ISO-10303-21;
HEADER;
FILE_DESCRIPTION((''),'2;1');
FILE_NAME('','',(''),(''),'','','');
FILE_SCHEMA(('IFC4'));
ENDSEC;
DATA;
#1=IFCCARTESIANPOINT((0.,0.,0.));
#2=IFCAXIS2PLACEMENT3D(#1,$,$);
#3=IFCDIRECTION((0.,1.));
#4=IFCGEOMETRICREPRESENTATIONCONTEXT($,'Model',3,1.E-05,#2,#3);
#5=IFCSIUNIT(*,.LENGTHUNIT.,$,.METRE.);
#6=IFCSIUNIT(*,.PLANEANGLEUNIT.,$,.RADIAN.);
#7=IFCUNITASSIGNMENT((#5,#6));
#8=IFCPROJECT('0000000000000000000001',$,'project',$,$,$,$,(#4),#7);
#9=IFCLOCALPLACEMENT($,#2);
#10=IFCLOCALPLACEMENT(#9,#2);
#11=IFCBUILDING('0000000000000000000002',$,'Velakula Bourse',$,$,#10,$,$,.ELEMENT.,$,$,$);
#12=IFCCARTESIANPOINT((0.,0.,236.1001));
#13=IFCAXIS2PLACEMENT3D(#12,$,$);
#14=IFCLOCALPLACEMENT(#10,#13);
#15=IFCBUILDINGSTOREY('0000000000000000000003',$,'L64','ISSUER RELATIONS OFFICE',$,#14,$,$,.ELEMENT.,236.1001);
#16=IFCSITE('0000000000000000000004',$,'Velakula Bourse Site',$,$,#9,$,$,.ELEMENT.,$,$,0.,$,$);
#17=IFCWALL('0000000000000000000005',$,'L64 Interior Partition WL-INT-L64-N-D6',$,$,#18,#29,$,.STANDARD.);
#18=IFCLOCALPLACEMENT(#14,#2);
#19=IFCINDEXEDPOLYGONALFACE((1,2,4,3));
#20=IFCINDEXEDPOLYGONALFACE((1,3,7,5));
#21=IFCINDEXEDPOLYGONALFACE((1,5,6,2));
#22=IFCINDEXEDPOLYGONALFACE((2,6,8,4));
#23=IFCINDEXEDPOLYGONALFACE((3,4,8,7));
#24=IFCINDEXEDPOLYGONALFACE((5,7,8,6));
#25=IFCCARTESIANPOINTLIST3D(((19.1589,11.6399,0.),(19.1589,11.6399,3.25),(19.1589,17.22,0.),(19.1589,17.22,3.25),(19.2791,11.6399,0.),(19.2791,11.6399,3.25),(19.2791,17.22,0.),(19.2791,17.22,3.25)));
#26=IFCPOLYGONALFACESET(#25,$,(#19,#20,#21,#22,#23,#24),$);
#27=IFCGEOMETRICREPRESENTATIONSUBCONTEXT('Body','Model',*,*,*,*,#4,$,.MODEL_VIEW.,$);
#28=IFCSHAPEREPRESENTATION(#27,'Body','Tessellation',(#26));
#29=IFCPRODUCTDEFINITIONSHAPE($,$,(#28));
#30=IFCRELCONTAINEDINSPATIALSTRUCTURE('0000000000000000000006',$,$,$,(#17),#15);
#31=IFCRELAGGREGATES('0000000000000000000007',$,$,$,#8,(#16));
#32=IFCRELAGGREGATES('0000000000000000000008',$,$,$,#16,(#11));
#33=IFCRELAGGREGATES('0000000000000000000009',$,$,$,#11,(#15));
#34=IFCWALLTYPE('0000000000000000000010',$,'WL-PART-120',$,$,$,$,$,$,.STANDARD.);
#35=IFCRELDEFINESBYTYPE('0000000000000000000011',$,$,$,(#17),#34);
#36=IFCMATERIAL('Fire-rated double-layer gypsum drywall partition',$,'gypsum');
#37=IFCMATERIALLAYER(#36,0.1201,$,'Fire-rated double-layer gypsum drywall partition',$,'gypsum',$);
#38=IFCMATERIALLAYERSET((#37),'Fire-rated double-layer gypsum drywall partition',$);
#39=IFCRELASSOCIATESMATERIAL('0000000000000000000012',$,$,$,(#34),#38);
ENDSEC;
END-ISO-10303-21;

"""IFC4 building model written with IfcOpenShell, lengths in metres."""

from ifc_helpers import new_model, si_unit, direction, frame, frame_2d, origin, place, context, subcontext, project, spatial, rectangle, extrude, material, layer, layer_set, type_object, element, save


model = new_model("IFC4")

# Units and contexts
model_context = context("Model", 3, precision=1e-05, world=origin(), true_north=direction((0.0, 1.0)))
body_context = subcontext(model_context, "Body", "Model", "MODEL_VIEW")
ifc_project = project(units=[si_unit("LENGTHUNIT", "METRE"), si_unit("PLANEANGLEUNIT", "RADIAN")], contexts=[model_context])

# Site, building, storey
site_placement = place(None, origin())
site = spatial("IfcSite", under=ifc_project, at=site_placement, Name="Velakula Bourse Site", CompositionType="ELEMENT", RefElevation=0.0)
building_placement = place(site_placement, origin())
building = spatial("IfcBuilding", under=site, at=building_placement, Name="Velakula Bourse", CompositionType="ELEMENT")
storey_placement = place(building_placement, frame((0.0, 0.0, 236.1001)))
storey = spatial("IfcBuildingStorey", under=building, at=storey_placement, Name="L64", Description="ISSUER RELATIONS OFFICE", CompositionType="ELEMENT", Elevation=236.1001)

# Wall
ifc_material_1 = material(Name="Fire-rated double-layer gypsum drywall partition", Category="gypsum")
ifc_layer_1 = layer(ifc_material_1, 0.1201, Name="Fire-rated double-layer gypsum drywall partition", Category="gypsum")
ifc_layer_set_1 = layer_set([ifc_layer_1], Name="Fire-rated double-layer gypsum drywall partition")
wall_type_1 = type_object("IfcWallType", Name="WL-PART-120", PredefinedType="STANDARD", material=ifc_layer_set_1)
wall_1_placement = place(storey_placement, frame((19.219, 11.6399, 0.0), z_axis=(0.0, 0.0, 1.0), x_axis=(0.0, 1.0, 0.0)))
element("IfcWall", 1, at=wall_1_placement, inside=storey, type_object=wall_type_1, Name="L64 Interior Partition WL-INT-L64-N-D6", PredefinedType="STANDARD", context=body_context, shape_type="SweptSolid", body=[
    extrude(rectangle(XDim=5.5801, YDim=0.1201, at=frame_2d((2.79, 0.0))), origin(), (0.0, 0.0, 1.0), 3.25),
])

save(model, "model.ifc")
